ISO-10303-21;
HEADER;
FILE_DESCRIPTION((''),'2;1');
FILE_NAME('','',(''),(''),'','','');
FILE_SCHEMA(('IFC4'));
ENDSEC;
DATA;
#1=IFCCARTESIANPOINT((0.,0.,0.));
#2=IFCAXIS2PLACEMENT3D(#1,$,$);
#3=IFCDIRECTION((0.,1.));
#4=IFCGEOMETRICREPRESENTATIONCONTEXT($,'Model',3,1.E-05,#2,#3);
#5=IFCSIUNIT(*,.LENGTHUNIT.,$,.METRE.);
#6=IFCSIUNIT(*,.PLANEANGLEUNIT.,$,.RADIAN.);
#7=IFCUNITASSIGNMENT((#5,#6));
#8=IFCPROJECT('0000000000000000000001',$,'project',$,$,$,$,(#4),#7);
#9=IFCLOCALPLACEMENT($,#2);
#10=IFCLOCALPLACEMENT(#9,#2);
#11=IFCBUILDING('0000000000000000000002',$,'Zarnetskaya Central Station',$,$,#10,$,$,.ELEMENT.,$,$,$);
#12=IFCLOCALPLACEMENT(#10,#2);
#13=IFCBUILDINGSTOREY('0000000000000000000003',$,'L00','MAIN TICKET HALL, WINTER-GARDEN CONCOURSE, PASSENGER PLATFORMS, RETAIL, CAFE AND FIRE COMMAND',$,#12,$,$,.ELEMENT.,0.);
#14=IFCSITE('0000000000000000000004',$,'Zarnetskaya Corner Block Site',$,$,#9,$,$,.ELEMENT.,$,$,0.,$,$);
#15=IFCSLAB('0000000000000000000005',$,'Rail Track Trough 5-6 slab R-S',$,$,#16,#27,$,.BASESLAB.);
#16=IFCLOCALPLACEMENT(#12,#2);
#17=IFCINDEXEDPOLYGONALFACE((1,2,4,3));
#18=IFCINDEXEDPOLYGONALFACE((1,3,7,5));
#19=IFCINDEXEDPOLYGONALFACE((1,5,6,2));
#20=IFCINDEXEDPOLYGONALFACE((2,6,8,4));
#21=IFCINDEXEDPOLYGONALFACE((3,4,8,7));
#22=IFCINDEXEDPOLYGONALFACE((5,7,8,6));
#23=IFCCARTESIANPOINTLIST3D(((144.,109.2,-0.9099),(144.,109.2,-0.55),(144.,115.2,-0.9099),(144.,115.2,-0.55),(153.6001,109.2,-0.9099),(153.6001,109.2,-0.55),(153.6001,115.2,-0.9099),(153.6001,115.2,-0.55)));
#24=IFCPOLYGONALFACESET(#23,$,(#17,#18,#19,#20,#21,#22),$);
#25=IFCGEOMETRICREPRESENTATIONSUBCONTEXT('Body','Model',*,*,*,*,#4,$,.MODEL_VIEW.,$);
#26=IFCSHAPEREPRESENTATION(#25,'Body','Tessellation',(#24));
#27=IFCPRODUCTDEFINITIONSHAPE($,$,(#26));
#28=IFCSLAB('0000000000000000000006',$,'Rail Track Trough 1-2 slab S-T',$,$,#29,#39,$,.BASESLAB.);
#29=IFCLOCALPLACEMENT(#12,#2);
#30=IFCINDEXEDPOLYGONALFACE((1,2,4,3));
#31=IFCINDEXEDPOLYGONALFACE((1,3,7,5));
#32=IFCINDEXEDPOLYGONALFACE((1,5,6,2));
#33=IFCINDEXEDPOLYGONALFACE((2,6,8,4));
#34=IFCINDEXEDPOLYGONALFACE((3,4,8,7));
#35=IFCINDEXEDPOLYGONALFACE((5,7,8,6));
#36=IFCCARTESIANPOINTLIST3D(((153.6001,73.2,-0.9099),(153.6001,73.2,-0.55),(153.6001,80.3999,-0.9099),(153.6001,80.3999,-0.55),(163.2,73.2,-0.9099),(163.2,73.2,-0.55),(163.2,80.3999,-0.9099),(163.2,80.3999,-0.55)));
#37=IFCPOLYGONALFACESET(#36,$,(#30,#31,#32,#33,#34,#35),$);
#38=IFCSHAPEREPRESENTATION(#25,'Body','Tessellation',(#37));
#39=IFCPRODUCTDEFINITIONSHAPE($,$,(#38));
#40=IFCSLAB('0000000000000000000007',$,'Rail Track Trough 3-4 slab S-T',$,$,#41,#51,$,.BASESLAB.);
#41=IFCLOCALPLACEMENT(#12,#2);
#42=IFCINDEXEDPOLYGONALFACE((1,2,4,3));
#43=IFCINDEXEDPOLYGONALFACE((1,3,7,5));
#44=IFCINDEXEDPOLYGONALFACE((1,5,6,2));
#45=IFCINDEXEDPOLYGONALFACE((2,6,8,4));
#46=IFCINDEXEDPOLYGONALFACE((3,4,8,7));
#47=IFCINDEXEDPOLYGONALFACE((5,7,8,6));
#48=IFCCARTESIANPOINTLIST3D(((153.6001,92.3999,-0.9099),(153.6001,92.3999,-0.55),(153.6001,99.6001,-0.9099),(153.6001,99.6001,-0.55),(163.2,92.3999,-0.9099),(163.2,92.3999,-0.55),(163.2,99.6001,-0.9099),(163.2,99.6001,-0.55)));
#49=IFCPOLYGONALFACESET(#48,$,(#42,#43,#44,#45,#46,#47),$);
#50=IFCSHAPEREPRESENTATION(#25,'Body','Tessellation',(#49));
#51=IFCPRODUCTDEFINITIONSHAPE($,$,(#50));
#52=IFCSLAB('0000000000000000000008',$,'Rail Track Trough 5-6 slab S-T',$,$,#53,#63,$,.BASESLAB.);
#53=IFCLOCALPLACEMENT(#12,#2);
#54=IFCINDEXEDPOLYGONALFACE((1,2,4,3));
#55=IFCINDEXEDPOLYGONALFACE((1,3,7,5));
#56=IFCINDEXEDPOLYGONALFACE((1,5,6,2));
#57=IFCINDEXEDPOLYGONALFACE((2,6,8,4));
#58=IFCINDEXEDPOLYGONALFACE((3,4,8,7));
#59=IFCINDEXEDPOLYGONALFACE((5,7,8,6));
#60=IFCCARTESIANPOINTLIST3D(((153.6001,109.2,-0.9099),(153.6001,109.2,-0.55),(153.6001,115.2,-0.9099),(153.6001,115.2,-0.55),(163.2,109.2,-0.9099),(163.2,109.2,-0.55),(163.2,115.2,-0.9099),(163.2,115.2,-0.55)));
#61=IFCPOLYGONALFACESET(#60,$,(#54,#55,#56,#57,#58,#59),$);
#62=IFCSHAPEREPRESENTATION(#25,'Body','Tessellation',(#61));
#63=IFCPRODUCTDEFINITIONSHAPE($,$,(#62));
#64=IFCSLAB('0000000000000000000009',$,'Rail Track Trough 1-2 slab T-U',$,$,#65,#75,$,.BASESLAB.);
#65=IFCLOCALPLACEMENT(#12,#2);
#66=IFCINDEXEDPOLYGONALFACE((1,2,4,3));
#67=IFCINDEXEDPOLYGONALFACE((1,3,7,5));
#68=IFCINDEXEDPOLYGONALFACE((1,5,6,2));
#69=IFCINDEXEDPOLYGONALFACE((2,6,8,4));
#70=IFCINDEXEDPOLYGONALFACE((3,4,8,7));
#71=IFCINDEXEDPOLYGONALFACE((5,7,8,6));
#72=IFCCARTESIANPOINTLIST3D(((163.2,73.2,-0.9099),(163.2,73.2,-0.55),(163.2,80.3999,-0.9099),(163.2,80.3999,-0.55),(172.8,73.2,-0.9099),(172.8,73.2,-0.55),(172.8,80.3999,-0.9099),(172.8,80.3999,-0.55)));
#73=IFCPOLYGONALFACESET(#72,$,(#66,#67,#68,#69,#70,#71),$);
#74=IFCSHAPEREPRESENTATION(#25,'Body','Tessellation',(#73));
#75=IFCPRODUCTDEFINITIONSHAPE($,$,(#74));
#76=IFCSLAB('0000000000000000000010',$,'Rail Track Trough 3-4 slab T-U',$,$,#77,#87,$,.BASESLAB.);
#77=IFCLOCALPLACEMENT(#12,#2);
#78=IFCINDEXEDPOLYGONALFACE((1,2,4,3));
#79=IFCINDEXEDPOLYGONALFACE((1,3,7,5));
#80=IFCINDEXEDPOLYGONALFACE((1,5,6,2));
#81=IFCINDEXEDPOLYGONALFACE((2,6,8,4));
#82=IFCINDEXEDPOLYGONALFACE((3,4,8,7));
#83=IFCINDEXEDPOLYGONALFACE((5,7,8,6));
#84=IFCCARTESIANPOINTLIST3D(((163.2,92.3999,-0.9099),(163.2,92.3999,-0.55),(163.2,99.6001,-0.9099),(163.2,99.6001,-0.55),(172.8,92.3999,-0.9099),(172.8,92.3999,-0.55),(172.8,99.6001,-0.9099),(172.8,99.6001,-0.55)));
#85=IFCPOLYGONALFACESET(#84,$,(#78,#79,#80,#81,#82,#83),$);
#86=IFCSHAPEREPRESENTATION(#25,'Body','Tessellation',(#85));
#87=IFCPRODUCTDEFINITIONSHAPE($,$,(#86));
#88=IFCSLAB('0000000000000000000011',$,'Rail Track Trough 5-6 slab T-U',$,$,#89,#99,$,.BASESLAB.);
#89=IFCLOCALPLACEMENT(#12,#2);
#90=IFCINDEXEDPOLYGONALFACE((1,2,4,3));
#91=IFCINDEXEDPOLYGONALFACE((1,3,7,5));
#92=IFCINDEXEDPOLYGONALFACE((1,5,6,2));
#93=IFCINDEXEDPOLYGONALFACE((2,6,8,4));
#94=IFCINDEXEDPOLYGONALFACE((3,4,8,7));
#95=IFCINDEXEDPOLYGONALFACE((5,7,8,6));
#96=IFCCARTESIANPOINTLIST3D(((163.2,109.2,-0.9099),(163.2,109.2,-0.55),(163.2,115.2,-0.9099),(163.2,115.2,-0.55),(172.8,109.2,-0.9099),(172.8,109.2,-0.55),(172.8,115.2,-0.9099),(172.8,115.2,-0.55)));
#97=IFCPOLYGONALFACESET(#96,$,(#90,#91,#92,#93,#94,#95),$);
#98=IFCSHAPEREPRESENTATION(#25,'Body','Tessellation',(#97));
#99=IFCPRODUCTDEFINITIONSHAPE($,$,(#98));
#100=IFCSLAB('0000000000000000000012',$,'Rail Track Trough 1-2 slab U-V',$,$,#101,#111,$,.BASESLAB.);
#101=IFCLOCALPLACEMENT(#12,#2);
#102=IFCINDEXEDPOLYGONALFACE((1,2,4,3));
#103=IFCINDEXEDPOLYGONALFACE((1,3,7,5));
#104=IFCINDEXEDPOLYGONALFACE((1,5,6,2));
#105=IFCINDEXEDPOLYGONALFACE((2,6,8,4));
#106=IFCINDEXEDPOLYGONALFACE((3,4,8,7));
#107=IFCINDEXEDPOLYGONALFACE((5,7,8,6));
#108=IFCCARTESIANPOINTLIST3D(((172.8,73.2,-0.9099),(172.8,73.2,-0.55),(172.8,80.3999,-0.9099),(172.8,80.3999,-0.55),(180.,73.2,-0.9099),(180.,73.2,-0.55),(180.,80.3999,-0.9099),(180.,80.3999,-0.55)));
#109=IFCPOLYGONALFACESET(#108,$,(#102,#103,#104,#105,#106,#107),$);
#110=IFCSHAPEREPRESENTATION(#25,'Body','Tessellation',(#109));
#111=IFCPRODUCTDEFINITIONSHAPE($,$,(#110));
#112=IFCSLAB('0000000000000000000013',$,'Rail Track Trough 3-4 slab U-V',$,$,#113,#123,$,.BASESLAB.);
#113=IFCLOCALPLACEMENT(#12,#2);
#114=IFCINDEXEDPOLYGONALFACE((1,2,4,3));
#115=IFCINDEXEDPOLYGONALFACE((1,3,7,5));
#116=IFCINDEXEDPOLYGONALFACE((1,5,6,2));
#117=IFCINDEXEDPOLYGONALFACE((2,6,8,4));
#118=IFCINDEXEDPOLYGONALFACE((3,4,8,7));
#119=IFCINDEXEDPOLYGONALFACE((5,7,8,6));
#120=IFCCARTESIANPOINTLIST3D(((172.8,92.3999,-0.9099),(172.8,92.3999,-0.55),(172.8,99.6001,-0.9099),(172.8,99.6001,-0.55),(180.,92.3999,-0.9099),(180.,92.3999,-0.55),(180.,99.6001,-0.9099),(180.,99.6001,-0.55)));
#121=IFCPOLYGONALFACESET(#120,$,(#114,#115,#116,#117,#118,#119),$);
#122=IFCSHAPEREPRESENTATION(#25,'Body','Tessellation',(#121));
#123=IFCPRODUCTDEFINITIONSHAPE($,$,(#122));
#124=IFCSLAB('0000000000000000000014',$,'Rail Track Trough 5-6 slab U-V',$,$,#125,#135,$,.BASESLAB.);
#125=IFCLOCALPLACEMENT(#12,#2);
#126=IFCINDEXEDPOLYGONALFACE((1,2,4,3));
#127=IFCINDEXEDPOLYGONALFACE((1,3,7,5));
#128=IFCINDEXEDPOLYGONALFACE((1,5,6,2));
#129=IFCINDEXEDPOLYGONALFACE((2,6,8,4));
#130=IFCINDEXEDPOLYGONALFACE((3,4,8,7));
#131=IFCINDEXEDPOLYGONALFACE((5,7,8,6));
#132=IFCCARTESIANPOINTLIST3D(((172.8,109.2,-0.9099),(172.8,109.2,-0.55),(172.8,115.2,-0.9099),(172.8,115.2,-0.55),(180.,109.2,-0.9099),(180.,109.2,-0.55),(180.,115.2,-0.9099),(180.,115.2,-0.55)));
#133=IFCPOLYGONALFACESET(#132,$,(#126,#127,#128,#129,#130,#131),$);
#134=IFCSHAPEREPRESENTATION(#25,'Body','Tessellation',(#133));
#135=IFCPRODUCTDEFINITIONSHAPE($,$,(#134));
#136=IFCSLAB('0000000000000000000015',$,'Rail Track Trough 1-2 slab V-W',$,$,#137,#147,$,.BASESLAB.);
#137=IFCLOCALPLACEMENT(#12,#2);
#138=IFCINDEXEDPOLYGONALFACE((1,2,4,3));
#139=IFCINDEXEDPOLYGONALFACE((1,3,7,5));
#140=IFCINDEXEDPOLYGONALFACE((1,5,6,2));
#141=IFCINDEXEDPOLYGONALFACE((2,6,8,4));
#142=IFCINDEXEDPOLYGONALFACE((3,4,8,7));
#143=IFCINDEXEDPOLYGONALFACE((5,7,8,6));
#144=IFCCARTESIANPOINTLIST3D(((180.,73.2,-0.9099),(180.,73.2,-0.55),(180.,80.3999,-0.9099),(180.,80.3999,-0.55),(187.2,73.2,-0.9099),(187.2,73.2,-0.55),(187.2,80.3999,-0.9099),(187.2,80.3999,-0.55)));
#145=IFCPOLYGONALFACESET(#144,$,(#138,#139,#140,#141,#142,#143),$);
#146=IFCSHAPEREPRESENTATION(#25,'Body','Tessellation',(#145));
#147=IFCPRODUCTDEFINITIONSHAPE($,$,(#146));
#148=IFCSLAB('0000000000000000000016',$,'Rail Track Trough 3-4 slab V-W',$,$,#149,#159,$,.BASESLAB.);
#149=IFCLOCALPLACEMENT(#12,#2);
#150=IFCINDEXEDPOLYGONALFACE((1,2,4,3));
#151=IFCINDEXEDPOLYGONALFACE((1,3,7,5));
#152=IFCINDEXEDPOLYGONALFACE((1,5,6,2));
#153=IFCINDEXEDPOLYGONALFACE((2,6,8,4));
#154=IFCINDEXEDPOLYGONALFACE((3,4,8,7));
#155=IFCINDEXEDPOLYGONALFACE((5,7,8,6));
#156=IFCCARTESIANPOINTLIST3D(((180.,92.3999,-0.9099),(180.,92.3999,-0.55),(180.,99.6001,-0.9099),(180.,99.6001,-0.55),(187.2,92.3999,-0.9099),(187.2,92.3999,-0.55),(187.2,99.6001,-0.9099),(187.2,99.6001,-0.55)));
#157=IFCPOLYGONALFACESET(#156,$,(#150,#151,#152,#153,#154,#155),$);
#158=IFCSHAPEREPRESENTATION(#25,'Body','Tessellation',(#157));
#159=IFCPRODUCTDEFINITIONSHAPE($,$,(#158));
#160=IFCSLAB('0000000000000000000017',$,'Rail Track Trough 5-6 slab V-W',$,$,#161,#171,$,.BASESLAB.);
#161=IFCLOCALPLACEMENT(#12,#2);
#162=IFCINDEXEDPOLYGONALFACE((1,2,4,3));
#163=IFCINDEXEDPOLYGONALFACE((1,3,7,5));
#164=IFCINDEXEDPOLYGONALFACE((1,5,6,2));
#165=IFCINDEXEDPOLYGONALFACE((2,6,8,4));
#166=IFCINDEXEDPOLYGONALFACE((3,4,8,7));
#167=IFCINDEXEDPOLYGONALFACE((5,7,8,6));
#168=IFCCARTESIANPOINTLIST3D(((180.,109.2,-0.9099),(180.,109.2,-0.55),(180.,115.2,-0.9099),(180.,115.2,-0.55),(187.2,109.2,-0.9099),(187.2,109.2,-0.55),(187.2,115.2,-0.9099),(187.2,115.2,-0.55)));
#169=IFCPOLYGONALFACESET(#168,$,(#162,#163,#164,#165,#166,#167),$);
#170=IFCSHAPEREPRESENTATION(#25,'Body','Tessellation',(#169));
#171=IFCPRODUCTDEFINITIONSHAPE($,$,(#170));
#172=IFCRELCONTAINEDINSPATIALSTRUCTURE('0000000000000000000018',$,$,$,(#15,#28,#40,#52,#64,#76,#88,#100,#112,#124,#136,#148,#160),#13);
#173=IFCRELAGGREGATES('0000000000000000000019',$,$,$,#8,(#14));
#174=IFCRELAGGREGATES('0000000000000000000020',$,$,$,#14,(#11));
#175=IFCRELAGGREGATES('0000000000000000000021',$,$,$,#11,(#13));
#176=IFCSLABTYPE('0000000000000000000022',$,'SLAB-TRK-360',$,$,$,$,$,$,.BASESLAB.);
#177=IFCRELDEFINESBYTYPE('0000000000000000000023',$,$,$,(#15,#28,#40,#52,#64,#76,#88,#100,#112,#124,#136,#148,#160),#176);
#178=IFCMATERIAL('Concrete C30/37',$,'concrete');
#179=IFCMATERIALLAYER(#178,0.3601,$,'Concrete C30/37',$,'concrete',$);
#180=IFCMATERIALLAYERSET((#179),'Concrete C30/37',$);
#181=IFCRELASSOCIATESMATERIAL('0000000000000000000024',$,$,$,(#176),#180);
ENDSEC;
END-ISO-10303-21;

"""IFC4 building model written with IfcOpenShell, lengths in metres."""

from ifc_helpers import new_model, si_unit, direction, frame, origin, place, context, subcontext, project, spatial, polyline, outline, extrude, material, layer, layer_set, type_object, element, save


model = new_model("IFC4")

# Units and contexts
model_context = context("Model", 3, precision=1e-05, world=origin(), true_north=direction((0.0, 1.0)))
body_context = subcontext(model_context, "Body", "Model", "MODEL_VIEW")
ifc_project = project(units=[si_unit("LENGTHUNIT", "METRE"), si_unit("PLANEANGLEUNIT", "RADIAN")], contexts=[model_context])

# Site, building, storey
site_placement = place(None, origin())
site = spatial("IfcSite", under=ifc_project, at=site_placement, Name="Zarnetskaya Corner Block Site", CompositionType="ELEMENT", RefElevation=0.0)
building_placement = place(site_placement, origin())
building = spatial("IfcBuilding", under=site, at=building_placement, Name="Zarnetskaya Central Station", CompositionType="ELEMENT")
storey_placement = place(building_placement, origin())
storey = spatial("IfcBuildingStorey", under=building, at=storey_placement, Name="L00", Description="MAIN TICKET HALL, WINTER-GARDEN CONCOURSE, PASSENGER PLATFORMS, RETAIL, CAFE AND FIRE COMMAND", CompositionType="ELEMENT", Elevation=0.0)

# Slabs
ifc_material_1 = material(Name="Concrete C30/37", Category="concrete")
ifc_layer_1 = layer(ifc_material_1, 0.3601, Name="Concrete C30/37", Category="concrete")
ifc_layer_set_1 = layer_set([ifc_layer_1], Name="Concrete C30/37")
slab_type_1 = type_object("IfcSlabType", Name="SLAB-TRK-360", PredefinedType="BASESLAB", material=ifc_layer_set_1)
slab_1_placement = place(storey_placement, frame((0.0, 0.0, -0.9099)))
element("IfcSlab", 1, at=slab_1_placement, inside=storey, type_object=slab_type_1, Name="Rail Track Trough 5-6 slab R-S", PredefinedType="BASESLAB", context=body_context, shape_type="SweptSolid", body=[
    extrude(outline(polyline([(144.0, 109.2), (153.6001, 109.2), (153.6001, 115.2), (144.0, 115.2), (144.0, 109.2)])), origin(), (0.0, 0.0, 1.0), 0.3599),
])
slab_2_placement = place(storey_placement, frame((0.0, 0.0, -0.9099)))
element("IfcSlab", 2, at=slab_2_placement, inside=storey, type_object=slab_type_1, Name="Rail Track Trough 1-2 slab S-T", PredefinedType="BASESLAB", context=body_context, shape_type="SweptSolid", body=[
    extrude(outline(polyline([(153.6001, 73.2), (163.2, 73.2), (163.2, 80.3999), (153.6001, 80.3999), (153.6001, 73.2)])), origin(), (0.0, 0.0, 1.0), 0.3599),
])
slab_3_placement = place(storey_placement, frame((0.0, 0.0, -0.9099)))
element("IfcSlab", 3, at=slab_3_placement, inside=storey, type_object=slab_type_1, Name="Rail Track Trough 3-4 slab S-T", PredefinedType="BASESLAB", context=body_context, shape_type="SweptSolid", body=[
    extrude(outline(polyline([(153.6001, 92.3999), (163.2, 92.3999), (163.2, 99.6001), (153.6001, 99.6001), (153.6001, 92.3999)])), origin(), (0.0, 0.0, 1.0), 0.3599),
])
slab_4_placement = place(storey_placement, frame((0.0, 0.0, -0.9099)))
element("IfcSlab", 4, at=slab_4_placement, inside=storey, type_object=slab_type_1, Name="Rail Track Trough 5-6 slab S-T", PredefinedType="BASESLAB", context=body_context, shape_type="SweptSolid", body=[
    extrude(outline(polyline([(153.6001, 109.2), (163.2, 109.2), (163.2, 115.2), (153.6001, 115.2), (153.6001, 109.2)])), origin(), (0.0, 0.0, 1.0), 0.3599),
])
slab_5_placement = place(storey_placement, frame((0.0, 0.0, -0.9099)))
element("IfcSlab", 5, at=slab_5_placement, inside=storey, type_object=slab_type_1, Name="Rail Track Trough 1-2 slab T-U", PredefinedType="BASESLAB", context=body_context, shape_type="SweptSolid", body=[
    extrude(outline(polyline([(163.2, 73.2), (172.8, 73.2), (172.8, 80.3999), (163.2, 80.3999), (163.2, 73.2)])), origin(), (0.0, 0.0, 1.0), 0.3599),
])
slab_6_placement = place(storey_placement, frame((0.0, 0.0, -0.9099)))
element("IfcSlab", 6, at=slab_6_placement, inside=storey, type_object=slab_type_1, Name="Rail Track Trough 3-4 slab T-U", PredefinedType="BASESLAB", context=body_context, shape_type="SweptSolid", body=[
    extrude(outline(polyline([(163.2, 92.3999), (172.8, 92.3999), (172.8, 99.6001), (163.2, 99.6001), (163.2, 92.3999)])), origin(), (0.0, 0.0, 1.0), 0.3599),
])
slab_7_placement = place(storey_placement, frame((0.0, 0.0, -0.9099)))
element("IfcSlab", 7, at=slab_7_placement, inside=storey, type_object=slab_type_1, Name="Rail Track Trough 5-6 slab T-U", PredefinedType="BASESLAB", context=body_context, shape_type="SweptSolid", body=[
    extrude(outline(polyline([(163.2, 109.2), (172.8, 109.2), (172.8, 115.2), (163.2, 115.2), (163.2, 109.2)])), origin(), (0.0, 0.0, 1.0), 0.3599),
])
slab_8_placement = place(storey_placement, frame((0.0, 0.0, -0.9099)))
element("IfcSlab", 8, at=slab_8_placement, inside=storey, type_object=slab_type_1, Name="Rail Track Trough 1-2 slab U-V", PredefinedType="BASESLAB", context=body_context, shape_type="SweptSolid", body=[
    extrude(outline(polyline([(172.8, 73.2), (180.0, 73.2), (180.0, 80.3999), (172.8, 80.3999), (172.8, 73.2)])), origin(), (0.0, 0.0, 1.0), 0.3599),
])
slab_9_placement = place(storey_placement, frame((0.0, 0.0, -0.9099)))
element("IfcSlab", 9, at=slab_9_placement, inside=storey, type_object=slab_type_1, Name="Rail Track Trough 3-4 slab U-V", PredefinedType="BASESLAB", context=body_context, shape_type="SweptSolid", body=[
    extrude(outline(polyline([(172.8, 92.3999), (180.0, 92.3999), (180.0, 99.6001), (172.8, 99.6001), (172.8, 92.3999)])), origin(), (0.0, 0.0, 1.0), 0.3599),
])
slab_10_placement = place(storey_placement, frame((0.0, 0.0, -0.9099)))
element("IfcSlab", 10, at=slab_10_placement, inside=storey, type_object=slab_type_1, Name="Rail Track Trough 5-6 slab U-V", PredefinedType="BASESLAB", context=body_context, shape_type="SweptSolid", body=[
    extrude(outline(polyline([(172.8, 109.2), (180.0, 109.2), (180.0, 115.2), (172.8, 115.2), (172.8, 109.2)])), origin(), (0.0, 0.0, 1.0), 0.3599),
])
slab_11_placement = place(storey_placement, frame((0.0, 0.0, -0.9099)))
element("IfcSlab", 11, at=slab_11_placement, inside=storey, type_object=slab_type_1, Name="Rail Track Trough 1-2 slab V-W", PredefinedType="BASESLAB", context=body_context, shape_type="SweptSolid", body=[
    extrude(outline(polyline([(180.0, 73.2), (187.2, 73.2), (187.2, 80.3999), (180.0, 80.3999), (180.0, 73.2)])), origin(), (0.0, 0.0, 1.0), 0.3599),
])
slab_12_placement = place(storey_placement, frame((0.0, 0.0, -0.9099)))
element("IfcSlab", 12, at=slab_12_placement, inside=storey, type_object=slab_type_1, Name="Rail Track Trough 3-4 slab V-W", PredefinedType="BASESLAB", context=body_context, shape_type="SweptSolid", body=[
    extrude(outline(polyline([(180.0, 92.3999), (187.2, 92.3999), (187.2, 99.6001), (180.0, 99.6001), (180.0, 92.3999)])), origin(), (0.0, 0.0, 1.0), 0.3599),
])
slab_13_placement = place(storey_placement, frame((0.0, 0.0, -0.9099)))
element("IfcSlab", 13, at=slab_13_placement, inside=storey, type_object=slab_type_1, Name="Rail Track Trough 5-6 slab V-W", PredefinedType="BASESLAB", context=body_context, shape_type="SweptSolid", body=[
    extrude(outline(polyline([(180.0, 109.2), (187.2, 109.2), (187.2, 115.2), (180.0, 115.2), (180.0, 109.2)])), origin(), (0.0, 0.0, 1.0), 0.3599),
])

save(model, "model.ifc")
